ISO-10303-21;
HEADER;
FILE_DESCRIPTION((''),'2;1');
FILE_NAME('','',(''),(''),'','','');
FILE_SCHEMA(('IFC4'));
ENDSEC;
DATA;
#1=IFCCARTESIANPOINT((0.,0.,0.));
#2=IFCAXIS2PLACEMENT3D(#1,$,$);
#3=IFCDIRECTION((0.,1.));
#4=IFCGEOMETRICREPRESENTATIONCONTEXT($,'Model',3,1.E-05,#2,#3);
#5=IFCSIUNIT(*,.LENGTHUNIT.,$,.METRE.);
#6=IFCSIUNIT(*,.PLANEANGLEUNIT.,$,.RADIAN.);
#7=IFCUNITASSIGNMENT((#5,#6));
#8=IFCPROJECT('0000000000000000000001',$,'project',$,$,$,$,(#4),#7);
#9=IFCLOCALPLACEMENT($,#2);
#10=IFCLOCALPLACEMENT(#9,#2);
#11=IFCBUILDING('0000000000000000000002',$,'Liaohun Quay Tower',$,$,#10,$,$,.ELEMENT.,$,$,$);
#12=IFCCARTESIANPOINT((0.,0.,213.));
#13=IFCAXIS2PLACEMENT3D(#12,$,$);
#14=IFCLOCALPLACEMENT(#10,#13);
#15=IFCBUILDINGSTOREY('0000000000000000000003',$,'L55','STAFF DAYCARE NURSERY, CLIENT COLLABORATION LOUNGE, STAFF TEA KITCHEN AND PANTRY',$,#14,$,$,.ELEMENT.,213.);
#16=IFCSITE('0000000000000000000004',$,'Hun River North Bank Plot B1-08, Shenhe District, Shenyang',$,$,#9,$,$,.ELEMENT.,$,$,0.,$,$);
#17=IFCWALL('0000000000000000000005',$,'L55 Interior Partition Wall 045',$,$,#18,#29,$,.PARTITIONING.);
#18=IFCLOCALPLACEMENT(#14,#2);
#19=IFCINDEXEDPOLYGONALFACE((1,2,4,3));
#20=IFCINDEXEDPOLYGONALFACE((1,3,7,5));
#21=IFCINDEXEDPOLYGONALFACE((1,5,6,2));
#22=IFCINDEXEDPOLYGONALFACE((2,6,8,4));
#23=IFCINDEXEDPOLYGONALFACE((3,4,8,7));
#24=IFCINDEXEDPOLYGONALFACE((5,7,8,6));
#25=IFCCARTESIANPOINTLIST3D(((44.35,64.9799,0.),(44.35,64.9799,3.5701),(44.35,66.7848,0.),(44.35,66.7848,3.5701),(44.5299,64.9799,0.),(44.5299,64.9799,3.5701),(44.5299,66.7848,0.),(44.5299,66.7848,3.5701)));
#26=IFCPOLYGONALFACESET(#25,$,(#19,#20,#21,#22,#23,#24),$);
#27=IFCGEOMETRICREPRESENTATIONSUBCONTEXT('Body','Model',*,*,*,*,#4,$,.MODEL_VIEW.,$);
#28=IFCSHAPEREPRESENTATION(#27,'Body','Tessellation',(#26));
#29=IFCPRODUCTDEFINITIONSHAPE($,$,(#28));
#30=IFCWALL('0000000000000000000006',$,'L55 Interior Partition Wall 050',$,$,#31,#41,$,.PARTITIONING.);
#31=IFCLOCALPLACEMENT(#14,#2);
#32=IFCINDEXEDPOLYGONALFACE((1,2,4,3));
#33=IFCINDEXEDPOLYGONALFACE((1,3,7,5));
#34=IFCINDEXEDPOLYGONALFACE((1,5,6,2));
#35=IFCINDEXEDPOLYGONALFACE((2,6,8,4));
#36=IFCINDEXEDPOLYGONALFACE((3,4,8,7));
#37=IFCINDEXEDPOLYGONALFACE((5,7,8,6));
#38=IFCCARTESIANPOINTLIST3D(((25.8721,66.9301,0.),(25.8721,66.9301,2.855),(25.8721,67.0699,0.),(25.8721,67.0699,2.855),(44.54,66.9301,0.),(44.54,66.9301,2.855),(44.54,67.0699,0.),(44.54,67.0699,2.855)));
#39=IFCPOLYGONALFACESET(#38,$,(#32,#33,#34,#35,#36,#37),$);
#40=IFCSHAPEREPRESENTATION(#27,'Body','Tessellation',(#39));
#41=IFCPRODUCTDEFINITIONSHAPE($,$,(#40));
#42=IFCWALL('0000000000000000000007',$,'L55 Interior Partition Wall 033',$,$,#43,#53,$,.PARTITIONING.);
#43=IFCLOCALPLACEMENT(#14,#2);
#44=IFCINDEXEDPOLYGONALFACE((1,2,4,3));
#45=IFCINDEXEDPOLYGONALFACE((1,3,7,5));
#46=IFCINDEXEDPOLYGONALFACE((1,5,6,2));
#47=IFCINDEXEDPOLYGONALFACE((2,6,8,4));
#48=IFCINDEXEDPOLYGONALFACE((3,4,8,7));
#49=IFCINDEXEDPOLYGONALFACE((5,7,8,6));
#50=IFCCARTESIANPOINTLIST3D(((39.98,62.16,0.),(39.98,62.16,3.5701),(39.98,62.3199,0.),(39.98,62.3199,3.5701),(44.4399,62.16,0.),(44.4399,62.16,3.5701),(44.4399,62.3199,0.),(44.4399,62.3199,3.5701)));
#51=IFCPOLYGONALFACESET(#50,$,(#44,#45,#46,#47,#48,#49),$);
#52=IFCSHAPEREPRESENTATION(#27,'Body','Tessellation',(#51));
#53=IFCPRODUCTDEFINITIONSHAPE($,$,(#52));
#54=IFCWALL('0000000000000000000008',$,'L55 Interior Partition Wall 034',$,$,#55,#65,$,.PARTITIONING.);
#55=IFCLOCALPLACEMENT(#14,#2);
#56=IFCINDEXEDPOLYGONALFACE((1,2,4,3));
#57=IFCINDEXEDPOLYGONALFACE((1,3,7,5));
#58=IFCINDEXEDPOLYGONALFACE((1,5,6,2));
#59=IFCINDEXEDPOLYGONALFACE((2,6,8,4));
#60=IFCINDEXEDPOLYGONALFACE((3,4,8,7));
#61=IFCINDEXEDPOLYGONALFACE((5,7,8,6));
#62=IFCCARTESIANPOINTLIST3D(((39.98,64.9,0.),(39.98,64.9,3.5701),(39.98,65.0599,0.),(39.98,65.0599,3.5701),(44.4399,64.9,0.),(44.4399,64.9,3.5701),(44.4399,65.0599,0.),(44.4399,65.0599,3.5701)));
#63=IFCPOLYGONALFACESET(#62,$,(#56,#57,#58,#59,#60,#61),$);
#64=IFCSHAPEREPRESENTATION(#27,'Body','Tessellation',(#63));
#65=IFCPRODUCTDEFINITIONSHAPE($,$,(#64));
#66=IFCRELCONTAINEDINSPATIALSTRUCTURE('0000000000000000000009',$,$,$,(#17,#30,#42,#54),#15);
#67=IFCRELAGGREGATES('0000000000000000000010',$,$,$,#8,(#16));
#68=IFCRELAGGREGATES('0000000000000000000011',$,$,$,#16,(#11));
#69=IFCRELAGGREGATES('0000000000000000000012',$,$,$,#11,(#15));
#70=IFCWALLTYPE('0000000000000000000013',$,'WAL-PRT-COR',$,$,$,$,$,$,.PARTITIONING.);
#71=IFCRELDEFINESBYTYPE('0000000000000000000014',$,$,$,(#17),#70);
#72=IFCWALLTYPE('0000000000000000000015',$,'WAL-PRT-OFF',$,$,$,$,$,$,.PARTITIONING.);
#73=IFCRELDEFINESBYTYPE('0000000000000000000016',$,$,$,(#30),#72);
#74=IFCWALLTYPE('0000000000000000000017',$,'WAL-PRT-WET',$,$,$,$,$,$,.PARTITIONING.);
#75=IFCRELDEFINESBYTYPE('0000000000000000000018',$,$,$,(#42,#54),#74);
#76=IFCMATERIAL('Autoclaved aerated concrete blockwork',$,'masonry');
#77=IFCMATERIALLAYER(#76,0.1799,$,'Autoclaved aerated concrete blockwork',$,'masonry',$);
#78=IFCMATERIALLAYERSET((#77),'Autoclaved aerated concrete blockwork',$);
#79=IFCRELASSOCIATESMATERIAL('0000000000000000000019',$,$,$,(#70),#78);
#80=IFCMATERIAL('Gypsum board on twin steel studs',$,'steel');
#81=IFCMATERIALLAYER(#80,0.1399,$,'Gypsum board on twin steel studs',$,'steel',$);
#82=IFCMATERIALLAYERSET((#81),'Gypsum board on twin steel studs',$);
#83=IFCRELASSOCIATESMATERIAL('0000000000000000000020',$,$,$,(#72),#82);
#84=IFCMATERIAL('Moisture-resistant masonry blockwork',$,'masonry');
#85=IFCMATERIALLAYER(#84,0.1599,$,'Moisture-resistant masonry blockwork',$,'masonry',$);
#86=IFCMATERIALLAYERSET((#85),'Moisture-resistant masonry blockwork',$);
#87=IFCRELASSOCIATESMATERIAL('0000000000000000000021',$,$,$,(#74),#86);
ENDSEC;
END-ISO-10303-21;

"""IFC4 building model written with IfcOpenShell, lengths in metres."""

from ifc_helpers import new_model, si_unit, direction, frame, frame_2d, origin, place, context, subcontext, project, spatial, rectangle, extrude, material, layer, layer_set, type_object, element, save


model = new_model("IFC4")

# Units and contexts
model_context = context("Model", 3, precision=1e-05, world=origin(), true_north=direction((0.0, 1.0)))
body_context = subcontext(model_context, "Body", "Model", "MODEL_VIEW")
ifc_project = project(units=[si_unit("LENGTHUNIT", "METRE"), si_unit("PLANEANGLEUNIT", "RADIAN")], contexts=[model_context])

# Site, building, storey
site_placement = place(None, origin())
site = spatial("IfcSite", under=ifc_project, at=site_placement, Name="Hun River North Bank Plot B1-08, Shenhe District, Shenyang", CompositionType="ELEMENT", RefElevation=0.0)
building_placement = place(site_placement, origin())
building = spatial("IfcBuilding", under=site, at=building_placement, Name="Liaohun Quay Tower", CompositionType="ELEMENT")
storey_placement = place(building_placement, frame((0.0, 0.0, 213.0)))
storey = spatial("IfcBuildingStorey", under=building, at=storey_placement, Name="L55", Description="STAFF DAYCARE NURSERY, CLIENT COLLABORATION LOUNGE, STAFF TEA KITCHEN AND PANTRY", CompositionType="ELEMENT", Elevation=213.0)

# Shared definitions
ifc_material_1 = material(Name="Autoclaved aerated concrete blockwork", Category="masonry")
ifc_layer_1 = layer(ifc_material_1, 0.1799, Name="Autoclaved aerated concrete blockwork", Category="masonry")
ifc_layer_set_1 = layer_set([ifc_layer_1], Name="Autoclaved aerated concrete blockwork")
wall_type_1 = type_object("IfcWallType", Name="WAL-PRT-COR", PredefinedType="PARTITIONING", material=ifc_layer_set_1)

# Walls
wall_1_placement = place(storey_placement, frame((44.4399, 64.98, 0.0), z_axis=(0.0, 0.0, 1.0), x_axis=(0.0, 1.0, 0.0)))
element("IfcWall", 1, at=wall_1_placement, inside=storey, type_object=wall_type_1, Name="L55 Interior Partition Wall 045", PredefinedType="PARTITIONING", context=body_context, shape_type="SweptSolid", body=[
    extrude(rectangle(XDim=1.8049, YDim=0.1799, at=frame_2d((0.9023, 0.0))), origin(), (0.0, 0.0, 1.0), 3.5701),
])
ifc_material_2 = material(Name="Gypsum board on twin steel studs", Category="steel")
ifc_layer_2 = layer(ifc_material_2, 0.1399, Name="Gypsum board on twin steel studs", Category="steel")
ifc_layer_set_2 = layer_set([ifc_layer_2], Name="Gypsum board on twin steel studs")
wall_type_2 = type_object("IfcWallType", Name="WAL-PRT-OFF", PredefinedType="PARTITIONING", material=ifc_layer_set_2)
wall_2_placement = place(storey_placement, frame((44.54, 67.0, 0.0), z_axis=(0.0, 0.0, 1.0), x_axis=(-1.0, 0.0, 0.0)))
element("IfcWall", 2, at=wall_2_placement, inside=storey, type_object=wall_type_2, Name="L55 Interior Partition Wall 050", PredefinedType="PARTITIONING", context=body_context, shape_type="SweptSolid", body=[
    extrude(rectangle(XDim=18.668, YDim=0.1399, at=frame_2d((9.334, 0.0))), origin(), (0.0, 0.0, 1.0), 2.855),
])

# Shared definitions
ifc_material_3 = material(Name="Moisture-resistant masonry blockwork", Category="masonry")
ifc_layer_3 = layer(ifc_material_3, 0.1599, Name="Moisture-resistant masonry blockwork", Category="masonry")
ifc_layer_set_3 = layer_set([ifc_layer_3], Name="Moisture-resistant masonry blockwork")
wall_type_3 = type_object("IfcWallType", Name="WAL-PRT-WET", PredefinedType="PARTITIONING", material=ifc_layer_set_3)

# Walls
for number, where, z_axis, x_axis, name in (
    (3, (39.98, 62.24, 0.0), (0.0, 0.0, 1.0), (1.0, 0.0, 0.0), "L55 Interior Partition Wall 033"),
    (4, (39.98, 64.98, 0.0), (0.0, 0.0, 1.0), (1.0, 0.0, 0.0), "L55 Interior Partition Wall 034"),
):
    element("IfcWall", number, at=place(storey_placement, frame(where, z_axis=z_axis, x_axis=x_axis)), inside=storey, type_object=wall_type_3, Name=name, PredefinedType="PARTITIONING", context=body_context, shape_type="SweptSolid", body=[
        extrude(rectangle(XDim=4.46, YDim=0.1599, at=frame_2d((2.23, 0.0))), origin(), (0.0, 0.0, 1.0), 3.5701),
    ])

save(model, "model.ifc")
